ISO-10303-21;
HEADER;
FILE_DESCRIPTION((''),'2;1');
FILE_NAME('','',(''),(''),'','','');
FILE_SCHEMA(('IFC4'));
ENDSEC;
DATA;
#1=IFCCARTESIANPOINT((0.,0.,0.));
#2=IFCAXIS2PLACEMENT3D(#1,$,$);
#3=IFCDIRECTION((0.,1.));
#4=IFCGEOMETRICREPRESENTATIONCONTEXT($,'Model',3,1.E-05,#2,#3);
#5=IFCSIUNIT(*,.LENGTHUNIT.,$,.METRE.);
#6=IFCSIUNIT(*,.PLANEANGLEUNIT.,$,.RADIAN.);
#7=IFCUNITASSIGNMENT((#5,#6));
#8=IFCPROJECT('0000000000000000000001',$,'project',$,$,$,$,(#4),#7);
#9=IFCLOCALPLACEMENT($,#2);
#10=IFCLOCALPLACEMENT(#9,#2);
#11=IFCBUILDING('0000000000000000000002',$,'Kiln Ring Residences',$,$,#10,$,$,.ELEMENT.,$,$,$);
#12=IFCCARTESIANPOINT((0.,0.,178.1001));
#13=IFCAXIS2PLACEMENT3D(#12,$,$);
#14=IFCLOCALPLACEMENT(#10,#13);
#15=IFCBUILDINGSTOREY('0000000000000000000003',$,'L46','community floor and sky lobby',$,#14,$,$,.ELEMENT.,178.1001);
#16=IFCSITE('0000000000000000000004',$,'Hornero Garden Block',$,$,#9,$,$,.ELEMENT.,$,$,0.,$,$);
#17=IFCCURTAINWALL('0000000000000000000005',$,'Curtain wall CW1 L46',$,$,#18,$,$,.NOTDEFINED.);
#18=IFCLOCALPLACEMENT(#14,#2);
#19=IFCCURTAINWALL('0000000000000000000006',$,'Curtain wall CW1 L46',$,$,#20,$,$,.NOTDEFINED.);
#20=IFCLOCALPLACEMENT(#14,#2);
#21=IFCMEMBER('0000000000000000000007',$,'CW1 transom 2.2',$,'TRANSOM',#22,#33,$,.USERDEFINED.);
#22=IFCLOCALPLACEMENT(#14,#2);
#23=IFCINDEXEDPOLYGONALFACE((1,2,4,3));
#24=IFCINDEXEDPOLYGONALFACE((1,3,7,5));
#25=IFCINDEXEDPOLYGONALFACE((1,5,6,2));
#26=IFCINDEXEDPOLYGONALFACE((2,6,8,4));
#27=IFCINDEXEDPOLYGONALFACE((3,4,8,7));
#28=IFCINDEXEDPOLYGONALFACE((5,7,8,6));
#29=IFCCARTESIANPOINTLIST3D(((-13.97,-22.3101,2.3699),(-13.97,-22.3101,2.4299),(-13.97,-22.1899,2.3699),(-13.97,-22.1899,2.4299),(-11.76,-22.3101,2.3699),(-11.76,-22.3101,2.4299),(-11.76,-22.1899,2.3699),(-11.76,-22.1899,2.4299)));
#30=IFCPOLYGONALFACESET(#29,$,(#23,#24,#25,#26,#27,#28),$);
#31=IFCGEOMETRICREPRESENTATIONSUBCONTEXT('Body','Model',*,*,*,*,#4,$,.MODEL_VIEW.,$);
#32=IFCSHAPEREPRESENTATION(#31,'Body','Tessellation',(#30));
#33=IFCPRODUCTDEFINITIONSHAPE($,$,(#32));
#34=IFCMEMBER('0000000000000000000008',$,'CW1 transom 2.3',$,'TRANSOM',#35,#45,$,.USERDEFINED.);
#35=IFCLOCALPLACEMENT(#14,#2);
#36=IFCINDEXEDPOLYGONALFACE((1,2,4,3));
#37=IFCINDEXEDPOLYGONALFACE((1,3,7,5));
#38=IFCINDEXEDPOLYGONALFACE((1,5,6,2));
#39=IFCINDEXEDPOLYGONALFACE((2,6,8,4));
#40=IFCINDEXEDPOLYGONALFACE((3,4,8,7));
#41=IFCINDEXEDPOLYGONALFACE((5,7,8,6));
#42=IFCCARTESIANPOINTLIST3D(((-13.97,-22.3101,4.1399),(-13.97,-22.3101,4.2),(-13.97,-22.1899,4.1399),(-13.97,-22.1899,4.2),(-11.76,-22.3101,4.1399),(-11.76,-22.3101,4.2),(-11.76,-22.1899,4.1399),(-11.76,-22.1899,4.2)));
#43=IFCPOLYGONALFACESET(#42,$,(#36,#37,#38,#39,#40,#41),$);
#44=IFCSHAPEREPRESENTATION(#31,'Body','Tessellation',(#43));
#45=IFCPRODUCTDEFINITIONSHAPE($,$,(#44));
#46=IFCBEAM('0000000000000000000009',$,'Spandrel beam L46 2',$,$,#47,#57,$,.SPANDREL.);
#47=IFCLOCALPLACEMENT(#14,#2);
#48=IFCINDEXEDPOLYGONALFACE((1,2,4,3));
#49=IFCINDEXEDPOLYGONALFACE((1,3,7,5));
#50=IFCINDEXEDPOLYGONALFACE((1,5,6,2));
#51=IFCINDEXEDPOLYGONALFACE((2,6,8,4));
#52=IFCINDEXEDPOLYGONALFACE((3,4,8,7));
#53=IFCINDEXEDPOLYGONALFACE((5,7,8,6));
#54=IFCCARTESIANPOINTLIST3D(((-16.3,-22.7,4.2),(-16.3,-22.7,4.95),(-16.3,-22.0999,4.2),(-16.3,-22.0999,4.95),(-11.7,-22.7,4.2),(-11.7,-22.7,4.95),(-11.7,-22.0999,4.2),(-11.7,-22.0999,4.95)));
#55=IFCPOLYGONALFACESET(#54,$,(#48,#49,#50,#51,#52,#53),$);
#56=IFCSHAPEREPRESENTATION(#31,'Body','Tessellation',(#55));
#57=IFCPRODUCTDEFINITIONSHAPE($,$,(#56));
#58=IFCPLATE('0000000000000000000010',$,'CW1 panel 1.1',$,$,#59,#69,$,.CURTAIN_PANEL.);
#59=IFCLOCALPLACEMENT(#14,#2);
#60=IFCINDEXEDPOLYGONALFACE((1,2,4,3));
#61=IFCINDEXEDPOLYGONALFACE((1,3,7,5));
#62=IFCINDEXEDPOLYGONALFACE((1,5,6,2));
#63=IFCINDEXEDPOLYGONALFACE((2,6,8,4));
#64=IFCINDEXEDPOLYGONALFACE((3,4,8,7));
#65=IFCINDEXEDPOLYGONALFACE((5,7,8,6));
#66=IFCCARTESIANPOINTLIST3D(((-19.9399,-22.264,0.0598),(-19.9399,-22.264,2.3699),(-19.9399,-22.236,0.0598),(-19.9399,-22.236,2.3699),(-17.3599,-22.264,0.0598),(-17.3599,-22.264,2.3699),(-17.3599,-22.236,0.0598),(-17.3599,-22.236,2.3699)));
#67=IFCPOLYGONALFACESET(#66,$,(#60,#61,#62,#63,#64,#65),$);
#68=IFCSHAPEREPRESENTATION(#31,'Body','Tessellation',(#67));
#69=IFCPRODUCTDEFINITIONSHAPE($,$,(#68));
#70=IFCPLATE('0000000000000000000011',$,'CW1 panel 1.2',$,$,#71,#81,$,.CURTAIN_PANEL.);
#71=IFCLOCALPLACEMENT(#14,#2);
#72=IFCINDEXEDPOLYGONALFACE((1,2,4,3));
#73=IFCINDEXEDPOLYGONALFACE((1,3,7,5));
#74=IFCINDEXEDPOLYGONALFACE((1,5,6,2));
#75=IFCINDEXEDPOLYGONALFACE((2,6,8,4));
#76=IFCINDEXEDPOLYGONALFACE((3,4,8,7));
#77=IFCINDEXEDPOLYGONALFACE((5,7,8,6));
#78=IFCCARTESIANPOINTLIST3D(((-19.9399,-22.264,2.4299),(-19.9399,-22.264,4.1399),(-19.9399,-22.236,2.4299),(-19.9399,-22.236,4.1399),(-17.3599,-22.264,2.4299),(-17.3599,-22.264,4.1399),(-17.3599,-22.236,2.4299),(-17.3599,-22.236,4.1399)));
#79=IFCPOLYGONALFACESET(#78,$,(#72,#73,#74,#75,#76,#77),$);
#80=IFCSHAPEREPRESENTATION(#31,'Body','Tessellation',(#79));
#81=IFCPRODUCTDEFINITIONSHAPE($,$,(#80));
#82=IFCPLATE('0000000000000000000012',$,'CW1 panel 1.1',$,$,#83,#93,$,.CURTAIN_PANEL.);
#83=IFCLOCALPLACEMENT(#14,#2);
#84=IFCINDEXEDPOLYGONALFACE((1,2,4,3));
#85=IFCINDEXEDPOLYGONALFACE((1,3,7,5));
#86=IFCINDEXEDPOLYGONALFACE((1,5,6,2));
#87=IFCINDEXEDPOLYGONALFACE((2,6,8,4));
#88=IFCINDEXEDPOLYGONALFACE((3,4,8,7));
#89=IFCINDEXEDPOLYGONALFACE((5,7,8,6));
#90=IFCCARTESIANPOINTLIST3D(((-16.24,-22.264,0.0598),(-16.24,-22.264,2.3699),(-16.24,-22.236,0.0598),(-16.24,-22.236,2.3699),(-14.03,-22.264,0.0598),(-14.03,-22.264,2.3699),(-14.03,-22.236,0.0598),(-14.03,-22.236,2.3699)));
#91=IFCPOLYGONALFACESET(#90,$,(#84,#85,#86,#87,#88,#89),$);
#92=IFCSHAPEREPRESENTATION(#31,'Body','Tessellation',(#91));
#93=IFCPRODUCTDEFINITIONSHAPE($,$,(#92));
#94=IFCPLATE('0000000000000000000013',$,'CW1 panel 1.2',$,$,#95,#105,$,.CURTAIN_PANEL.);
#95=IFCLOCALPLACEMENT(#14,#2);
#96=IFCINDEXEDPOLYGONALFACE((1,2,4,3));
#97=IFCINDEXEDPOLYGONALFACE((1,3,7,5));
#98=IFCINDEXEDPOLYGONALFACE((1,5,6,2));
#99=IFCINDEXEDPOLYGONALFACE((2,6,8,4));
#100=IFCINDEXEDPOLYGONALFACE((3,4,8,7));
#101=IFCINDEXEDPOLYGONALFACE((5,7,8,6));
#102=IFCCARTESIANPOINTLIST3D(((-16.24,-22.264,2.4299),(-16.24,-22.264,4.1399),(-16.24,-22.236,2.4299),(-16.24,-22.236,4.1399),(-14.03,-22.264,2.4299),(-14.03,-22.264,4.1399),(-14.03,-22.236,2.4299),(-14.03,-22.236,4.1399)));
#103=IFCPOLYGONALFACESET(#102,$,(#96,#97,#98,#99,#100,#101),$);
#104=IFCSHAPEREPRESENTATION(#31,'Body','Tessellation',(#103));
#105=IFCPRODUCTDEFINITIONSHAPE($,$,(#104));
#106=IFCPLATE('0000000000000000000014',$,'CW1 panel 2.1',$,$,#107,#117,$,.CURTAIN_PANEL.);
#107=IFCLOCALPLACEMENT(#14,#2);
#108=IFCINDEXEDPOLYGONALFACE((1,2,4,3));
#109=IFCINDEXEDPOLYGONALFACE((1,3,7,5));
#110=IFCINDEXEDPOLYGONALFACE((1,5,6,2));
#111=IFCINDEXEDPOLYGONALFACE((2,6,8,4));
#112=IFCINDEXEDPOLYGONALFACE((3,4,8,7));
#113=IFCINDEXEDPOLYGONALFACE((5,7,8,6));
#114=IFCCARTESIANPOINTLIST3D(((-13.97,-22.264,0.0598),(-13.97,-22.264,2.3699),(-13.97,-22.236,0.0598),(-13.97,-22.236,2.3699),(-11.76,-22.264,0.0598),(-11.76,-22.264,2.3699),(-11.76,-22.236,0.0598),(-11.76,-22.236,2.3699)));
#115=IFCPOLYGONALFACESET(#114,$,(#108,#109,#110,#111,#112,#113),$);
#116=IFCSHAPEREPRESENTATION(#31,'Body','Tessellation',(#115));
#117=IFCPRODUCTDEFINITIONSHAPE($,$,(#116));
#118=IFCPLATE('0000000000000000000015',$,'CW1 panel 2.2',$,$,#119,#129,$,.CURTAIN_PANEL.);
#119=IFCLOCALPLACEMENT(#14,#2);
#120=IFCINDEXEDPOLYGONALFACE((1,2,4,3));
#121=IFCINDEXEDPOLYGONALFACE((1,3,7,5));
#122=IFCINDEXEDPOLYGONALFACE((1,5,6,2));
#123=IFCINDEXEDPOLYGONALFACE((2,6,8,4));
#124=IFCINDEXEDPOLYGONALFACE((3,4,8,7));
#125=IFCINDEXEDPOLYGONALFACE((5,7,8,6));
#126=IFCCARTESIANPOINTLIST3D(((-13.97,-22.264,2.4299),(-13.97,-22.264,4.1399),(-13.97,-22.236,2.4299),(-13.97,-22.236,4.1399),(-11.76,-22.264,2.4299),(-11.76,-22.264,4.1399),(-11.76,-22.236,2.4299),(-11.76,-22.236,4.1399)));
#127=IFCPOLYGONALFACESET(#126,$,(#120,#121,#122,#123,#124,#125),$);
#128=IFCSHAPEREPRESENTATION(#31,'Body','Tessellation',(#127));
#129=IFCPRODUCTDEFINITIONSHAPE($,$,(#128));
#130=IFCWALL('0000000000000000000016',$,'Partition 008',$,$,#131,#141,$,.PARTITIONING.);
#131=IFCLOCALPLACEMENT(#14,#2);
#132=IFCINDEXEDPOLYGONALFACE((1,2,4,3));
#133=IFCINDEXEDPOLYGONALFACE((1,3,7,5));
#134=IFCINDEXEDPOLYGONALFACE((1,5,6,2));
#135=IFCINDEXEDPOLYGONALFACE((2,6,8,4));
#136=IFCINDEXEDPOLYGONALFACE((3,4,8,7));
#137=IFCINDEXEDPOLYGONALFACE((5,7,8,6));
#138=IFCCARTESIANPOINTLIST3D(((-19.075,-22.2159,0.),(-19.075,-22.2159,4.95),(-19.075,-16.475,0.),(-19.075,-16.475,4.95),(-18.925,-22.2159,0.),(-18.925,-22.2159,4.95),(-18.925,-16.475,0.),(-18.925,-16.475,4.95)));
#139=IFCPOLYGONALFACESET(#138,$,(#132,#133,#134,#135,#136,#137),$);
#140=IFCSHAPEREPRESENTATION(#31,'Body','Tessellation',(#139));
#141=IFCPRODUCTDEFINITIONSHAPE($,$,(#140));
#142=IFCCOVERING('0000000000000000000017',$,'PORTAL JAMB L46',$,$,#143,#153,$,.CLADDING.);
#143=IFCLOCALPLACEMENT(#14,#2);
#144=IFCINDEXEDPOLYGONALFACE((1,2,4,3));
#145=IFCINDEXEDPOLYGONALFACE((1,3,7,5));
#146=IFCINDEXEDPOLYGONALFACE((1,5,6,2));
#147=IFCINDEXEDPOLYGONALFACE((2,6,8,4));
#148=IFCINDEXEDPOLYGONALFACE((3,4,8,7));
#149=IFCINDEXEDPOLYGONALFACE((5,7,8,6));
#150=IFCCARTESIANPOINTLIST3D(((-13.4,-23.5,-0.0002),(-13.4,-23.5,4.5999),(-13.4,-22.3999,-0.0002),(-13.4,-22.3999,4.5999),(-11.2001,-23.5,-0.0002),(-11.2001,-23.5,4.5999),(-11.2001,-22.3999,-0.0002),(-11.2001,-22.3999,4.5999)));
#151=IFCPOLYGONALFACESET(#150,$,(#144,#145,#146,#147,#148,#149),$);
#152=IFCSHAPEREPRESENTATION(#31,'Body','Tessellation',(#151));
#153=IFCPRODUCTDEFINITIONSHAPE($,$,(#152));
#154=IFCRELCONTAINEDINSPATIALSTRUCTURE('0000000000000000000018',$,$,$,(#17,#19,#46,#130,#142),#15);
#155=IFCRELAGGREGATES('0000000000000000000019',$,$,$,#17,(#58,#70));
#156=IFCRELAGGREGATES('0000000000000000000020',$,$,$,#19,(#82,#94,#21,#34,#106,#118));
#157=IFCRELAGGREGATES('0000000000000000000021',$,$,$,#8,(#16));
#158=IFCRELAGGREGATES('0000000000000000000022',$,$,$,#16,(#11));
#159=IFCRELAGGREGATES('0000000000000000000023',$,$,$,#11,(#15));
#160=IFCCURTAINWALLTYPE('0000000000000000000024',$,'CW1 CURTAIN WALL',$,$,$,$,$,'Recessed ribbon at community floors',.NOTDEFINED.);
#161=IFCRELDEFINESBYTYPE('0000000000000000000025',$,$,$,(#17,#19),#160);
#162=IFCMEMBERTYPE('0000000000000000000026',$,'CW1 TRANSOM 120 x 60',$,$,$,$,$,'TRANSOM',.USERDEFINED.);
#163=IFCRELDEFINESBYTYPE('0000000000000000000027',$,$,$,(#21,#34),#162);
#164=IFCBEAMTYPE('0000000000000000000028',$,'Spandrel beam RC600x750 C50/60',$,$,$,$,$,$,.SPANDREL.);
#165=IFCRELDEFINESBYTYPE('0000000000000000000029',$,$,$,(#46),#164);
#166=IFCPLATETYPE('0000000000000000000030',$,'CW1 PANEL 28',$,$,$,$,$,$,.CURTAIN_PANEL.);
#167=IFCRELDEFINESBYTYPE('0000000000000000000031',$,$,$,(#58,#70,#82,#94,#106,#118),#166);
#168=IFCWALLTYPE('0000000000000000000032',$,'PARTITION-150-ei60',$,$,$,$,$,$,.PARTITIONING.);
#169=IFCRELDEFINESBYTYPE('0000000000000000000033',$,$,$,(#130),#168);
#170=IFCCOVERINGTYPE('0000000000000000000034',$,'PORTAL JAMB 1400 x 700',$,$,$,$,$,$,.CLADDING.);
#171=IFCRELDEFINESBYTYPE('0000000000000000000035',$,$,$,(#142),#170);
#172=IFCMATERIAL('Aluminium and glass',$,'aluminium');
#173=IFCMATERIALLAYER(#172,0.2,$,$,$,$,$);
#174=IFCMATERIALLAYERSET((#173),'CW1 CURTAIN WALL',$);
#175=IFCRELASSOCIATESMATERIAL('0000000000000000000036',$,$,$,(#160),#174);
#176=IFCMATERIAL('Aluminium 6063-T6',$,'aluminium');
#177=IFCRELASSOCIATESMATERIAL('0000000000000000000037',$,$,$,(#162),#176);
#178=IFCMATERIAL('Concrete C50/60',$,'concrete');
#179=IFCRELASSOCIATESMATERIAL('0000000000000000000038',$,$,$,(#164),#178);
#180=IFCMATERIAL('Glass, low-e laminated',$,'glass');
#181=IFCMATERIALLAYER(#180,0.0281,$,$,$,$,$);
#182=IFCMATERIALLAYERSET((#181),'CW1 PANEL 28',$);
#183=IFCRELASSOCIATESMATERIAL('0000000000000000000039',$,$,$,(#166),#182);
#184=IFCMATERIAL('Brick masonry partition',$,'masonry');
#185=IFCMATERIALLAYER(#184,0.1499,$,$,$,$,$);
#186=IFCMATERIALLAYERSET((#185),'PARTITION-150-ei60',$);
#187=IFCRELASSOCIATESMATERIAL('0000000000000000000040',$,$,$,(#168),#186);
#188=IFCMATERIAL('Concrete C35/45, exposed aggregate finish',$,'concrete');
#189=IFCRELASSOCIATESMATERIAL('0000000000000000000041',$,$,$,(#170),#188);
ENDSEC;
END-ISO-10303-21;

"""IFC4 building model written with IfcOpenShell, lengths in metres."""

from ifc_helpers import new_model, si_unit, direction, frame, frame_2d, origin, origin_2d, place, context, subcontext, project, spatial, rectangle, extrude, material, layer, layer_set, material_profile, profile_set, type_object, element, aggregate, save


model = new_model("IFC4")

# Units and contexts
model_context = context("Model", 3, precision=1e-05, world=origin(), true_north=direction((0.0, 1.0)))
body_context = subcontext(model_context, "Body", "Model", "MODEL_VIEW")
ifc_project = project(units=[si_unit("LENGTHUNIT", "METRE"), si_unit("PLANEANGLEUNIT", "RADIAN")], contexts=[model_context])

# Site, building, storey
site_placement = place(None, origin())
site = spatial("IfcSite", under=ifc_project, at=site_placement, Name="Hornero Garden Block", CompositionType="ELEMENT", RefElevation=0.0)
building_placement = place(site_placement, origin())
building = spatial("IfcBuilding", under=site, at=building_placement, Name="Kiln Ring Residences", CompositionType="ELEMENT")
storey_placement = place(building_placement, frame((0.0, 0.0, 178.1001)))
storey = spatial("IfcBuildingStorey", under=building, at=storey_placement, Name="L46", Description="community floor and sky lobby", CompositionType="ELEMENT", Elevation=178.1001)

# Curtain walls
ifc_material_1 = material(Name="Aluminium and glass", Category="aluminium")
ifc_layer_1 = layer(ifc_material_1, 0.2)
ifc_layer_set_1 = layer_set([ifc_layer_1], Name="CW1 CURTAIN WALL")
curtain_wall_type = type_object("IfcCurtainWallType", Name="CW1 CURTAIN WALL", ElementType="Recessed ribbon at community floors", PredefinedType="NOTDEFINED", material=ifc_layer_set_1)
placement = place(storey_placement, origin())
curtain_wall_1 = element("IfcCurtainWall", 1, at=placement, inside=storey, type_object=curtain_wall_type, Name="Curtain wall CW1 L46", PredefinedType="NOTDEFINED")
curtain_wall_2 = element("IfcCurtainWall", 2, at=placement, inside=storey, type_object=curtain_wall_type, Name="Curtain wall CW1 L46", PredefinedType="NOTDEFINED")

# Members
ifc_material_2 = material(Name="Aluminium 6063-T6", Category="aluminium")
ifc_material_profile_1 = material_profile(ifc_material_2, rectangle(XDim=0.1201, YDim=0.0601, at=origin_2d()), Name="AL 120x60")
ifc_profile_set_1 = profile_set([ifc_material_profile_1], Name="Aluminium 6063-T6")
member_type_1 = type_object("IfcMemberType", Name="CW1 TRANSOM 120 x 60", ElementType="TRANSOM", PredefinedType="USERDEFINED", material=ifc_profile_set_1)
member_1_placement = place(storey_placement, frame((-13.97, -22.25, 2.3999), z_axis=(1.0, 0.0, 0.0), x_axis=(0.0, 1.0, 0.0)))
member_1 = element("IfcMember", 3, at=member_1_placement, type_object=member_type_1, Name="CW1 transom 2.2", ObjectType="TRANSOM", PredefinedType="USERDEFINED", context=body_context, shape_type="SweptSolid", body=[
    extrude(rectangle(XDim=0.1201, YDim=0.0601, at=origin_2d()), origin(), (0.0, 0.0, 1.0), 2.21),
])
member_2_placement = place(storey_placement, frame((-13.97, -22.25, 4.1699), z_axis=(1.0, 0.0, 0.0), x_axis=(0.0, 1.0, 0.0)))
member_2 = element("IfcMember", 4, at=member_2_placement, type_object=member_type_1, Name="CW1 transom 2.3", ObjectType="TRANSOM", PredefinedType="USERDEFINED", context=body_context, shape_type="SweptSolid", body=[
    extrude(rectangle(XDim=0.1201, YDim=0.0601, at=origin_2d()), origin(), (0.0, 0.0, 1.0), 2.21),
])

# Beam
ifc_material_3 = material(Name="Concrete C50/60", Category="concrete")
ifc_material_profile_2 = material_profile(ifc_material_3, rectangle(XDim=0.6001, YDim=0.75, at=origin_2d()), Name="RC600x750")
ifc_profile_set_2 = profile_set([ifc_material_profile_2], Name="Concrete C50/60")
beam_type = type_object("IfcBeamType", Name="Spandrel beam RC600x750 C50/60", PredefinedType="SPANDREL", material=ifc_profile_set_2)
beam_placement = place(storey_placement, frame((-16.3, -22.3999, 4.575), z_axis=(1.0, 0.0, 0.0), x_axis=(0.0, 1.0, 0.0)))
element("IfcBeam", 5, at=beam_placement, inside=storey, type_object=beam_type, Name="Spandrel beam L46 2", PredefinedType="SPANDREL", context=body_context, shape_type="SweptSolid", body=[
    extrude(rectangle(XDim=0.6001, YDim=0.75, at=origin_2d()), origin(), (0.0, 0.0, 1.0), 4.6001),
])

# Plates
ifc_material_4 = material(Name="Glass, low-e laminated", Category="glass")
ifc_layer_2 = layer(ifc_material_4, 0.0281)
ifc_layer_set_2 = layer_set([ifc_layer_2], Name="CW1 PANEL 28")
plate_type = type_object("IfcPlateType", Name="CW1 PANEL 28", PredefinedType="CURTAIN_PANEL", material=ifc_layer_set_2)
plate_1_placement = place(storey_placement, frame((-18.6499, -22.25, 0.0598), z_axis=(0.0, 0.0, 1.0), x_axis=(1.0, 0.0, 0.0)))
plate_1 = element("IfcPlate", 6, at=plate_1_placement, type_object=plate_type, Name="CW1 panel 1.1", PredefinedType="CURTAIN_PANEL", context=body_context, shape_type="SweptSolid", body=[
    extrude(rectangle(XDim=2.5801, YDim=0.0281, at=origin_2d()), origin(), (0.0, 0.0, 1.0), 2.3101),
])
plate_2_placement = place(storey_placement, frame((-18.6499, -22.25, 2.4299), z_axis=(0.0, 0.0, 1.0), x_axis=(1.0, 0.0, 0.0)))
plate_2 = element("IfcPlate", 7, at=plate_2_placement, type_object=plate_type, Name="CW1 panel 1.2", PredefinedType="CURTAIN_PANEL", context=body_context, shape_type="SweptSolid", body=[
    extrude(rectangle(XDim=2.5801, YDim=0.0281, at=origin_2d()), origin(), (0.0, 0.0, 1.0), 1.71),
])
aggregate(curtain_wall_1, [plate_1, plate_2])
plate_3_placement = place(storey_placement, frame((-15.135, -22.25, 0.0598), z_axis=(0.0, 0.0, 1.0), x_axis=(1.0, 0.0, 0.0)))
plate_3 = element("IfcPlate", 8, at=plate_3_placement, type_object=plate_type, Name="CW1 panel 1.1", PredefinedType="CURTAIN_PANEL", context=body_context, shape_type="SweptSolid", body=[
    extrude(rectangle(XDim=2.21, YDim=0.0281, at=origin_2d()), origin(), (0.0, 0.0, 1.0), 2.3101),
])
plate_4_placement = place(storey_placement, frame((-15.135, -22.25, 2.4299), z_axis=(0.0, 0.0, 1.0), x_axis=(1.0, 0.0, 0.0)))
plate_4 = element("IfcPlate", 9, at=plate_4_placement, type_object=plate_type, Name="CW1 panel 1.2", PredefinedType="CURTAIN_PANEL", context=body_context, shape_type="SweptSolid", body=[
    extrude(rectangle(XDim=2.21, YDim=0.0281, at=origin_2d()), origin(), (0.0, 0.0, 1.0), 1.71),
])
plate_5_placement = place(storey_placement, frame((-12.865, -22.25, 0.0598), z_axis=(0.0, 0.0, 1.0), x_axis=(1.0, 0.0, 0.0)))
plate_5 = element("IfcPlate", 10, at=plate_5_placement, type_object=plate_type, Name="CW1 panel 2.1", PredefinedType="CURTAIN_PANEL", context=body_context, shape_type="SweptSolid", body=[
    extrude(rectangle(XDim=2.21, YDim=0.0281, at=origin_2d()), origin(), (0.0, 0.0, 1.0), 2.3101),
])
plate_6_placement = place(storey_placement, frame((-12.865, -22.25, 2.4299), z_axis=(0.0, 0.0, 1.0), x_axis=(1.0, 0.0, 0.0)))
plate_6 = element("IfcPlate", 11, at=plate_6_placement, type_object=plate_type, Name="CW1 panel 2.2", PredefinedType="CURTAIN_PANEL", context=body_context, shape_type="SweptSolid", body=[
    extrude(rectangle(XDim=2.21, YDim=0.0281, at=origin_2d()), origin(), (0.0, 0.0, 1.0), 1.71),
])
aggregate(curtain_wall_2, [plate_3, plate_4, member_1, member_2, plate_5, plate_6])

# Wall
ifc_material_5 = material(Name="Brick masonry partition", Category="masonry")
ifc_layer_3 = layer(ifc_material_5, 0.1499)
ifc_layer_set_3 = layer_set([ifc_layer_3], Name="PARTITION-150-ei60")
wall_type = type_object("IfcWallType", Name="PARTITION-150-ei60", PredefinedType="PARTITIONING", material=ifc_layer_set_3)
wall_placement = place(storey_placement, frame((-19.0, -22.2161, 0.0), z_axis=(0.0, 0.0, 1.0), x_axis=(0.0, 1.0, 0.0)))
element("IfcWall", 12, at=wall_placement, inside=storey, type_object=wall_type, Name="Partition 008", PredefinedType="PARTITIONING", context=body_context, shape_type="SweptSolid", body=[
    extrude(rectangle(XDim=5.741, YDim=0.1499, at=frame_2d((2.8706, 0.0))), origin(), (0.0, 0.0, 1.0), 4.95),
])

# Covering
ifc_material_6 = material(Name="Concrete C35/45, exposed aggregate finish", Category="concrete")
covering_type = type_object("IfcCoveringType", Name="PORTAL JAMB 1400 x 700", PredefinedType="CLADDING", material=ifc_material_6)
covering_placement = place(storey_placement, frame((-12.3, -22.95, -0.0002), z_axis=(0.0, 0.0, 1.0), x_axis=(1.0, 0.0, 0.0)))
element("IfcCovering", 13, at=covering_placement, inside=storey, type_object=covering_type, Name="PORTAL JAMB L46", PredefinedType="CLADDING", context=body_context, shape_type="SweptSolid", body=[
    extrude(rectangle(XDim=2.2, YDim=1.1001, at=origin_2d()), origin(), (0.0, 0.0, 1.0), 4.6001),
])

save(model, "model.ifc")
